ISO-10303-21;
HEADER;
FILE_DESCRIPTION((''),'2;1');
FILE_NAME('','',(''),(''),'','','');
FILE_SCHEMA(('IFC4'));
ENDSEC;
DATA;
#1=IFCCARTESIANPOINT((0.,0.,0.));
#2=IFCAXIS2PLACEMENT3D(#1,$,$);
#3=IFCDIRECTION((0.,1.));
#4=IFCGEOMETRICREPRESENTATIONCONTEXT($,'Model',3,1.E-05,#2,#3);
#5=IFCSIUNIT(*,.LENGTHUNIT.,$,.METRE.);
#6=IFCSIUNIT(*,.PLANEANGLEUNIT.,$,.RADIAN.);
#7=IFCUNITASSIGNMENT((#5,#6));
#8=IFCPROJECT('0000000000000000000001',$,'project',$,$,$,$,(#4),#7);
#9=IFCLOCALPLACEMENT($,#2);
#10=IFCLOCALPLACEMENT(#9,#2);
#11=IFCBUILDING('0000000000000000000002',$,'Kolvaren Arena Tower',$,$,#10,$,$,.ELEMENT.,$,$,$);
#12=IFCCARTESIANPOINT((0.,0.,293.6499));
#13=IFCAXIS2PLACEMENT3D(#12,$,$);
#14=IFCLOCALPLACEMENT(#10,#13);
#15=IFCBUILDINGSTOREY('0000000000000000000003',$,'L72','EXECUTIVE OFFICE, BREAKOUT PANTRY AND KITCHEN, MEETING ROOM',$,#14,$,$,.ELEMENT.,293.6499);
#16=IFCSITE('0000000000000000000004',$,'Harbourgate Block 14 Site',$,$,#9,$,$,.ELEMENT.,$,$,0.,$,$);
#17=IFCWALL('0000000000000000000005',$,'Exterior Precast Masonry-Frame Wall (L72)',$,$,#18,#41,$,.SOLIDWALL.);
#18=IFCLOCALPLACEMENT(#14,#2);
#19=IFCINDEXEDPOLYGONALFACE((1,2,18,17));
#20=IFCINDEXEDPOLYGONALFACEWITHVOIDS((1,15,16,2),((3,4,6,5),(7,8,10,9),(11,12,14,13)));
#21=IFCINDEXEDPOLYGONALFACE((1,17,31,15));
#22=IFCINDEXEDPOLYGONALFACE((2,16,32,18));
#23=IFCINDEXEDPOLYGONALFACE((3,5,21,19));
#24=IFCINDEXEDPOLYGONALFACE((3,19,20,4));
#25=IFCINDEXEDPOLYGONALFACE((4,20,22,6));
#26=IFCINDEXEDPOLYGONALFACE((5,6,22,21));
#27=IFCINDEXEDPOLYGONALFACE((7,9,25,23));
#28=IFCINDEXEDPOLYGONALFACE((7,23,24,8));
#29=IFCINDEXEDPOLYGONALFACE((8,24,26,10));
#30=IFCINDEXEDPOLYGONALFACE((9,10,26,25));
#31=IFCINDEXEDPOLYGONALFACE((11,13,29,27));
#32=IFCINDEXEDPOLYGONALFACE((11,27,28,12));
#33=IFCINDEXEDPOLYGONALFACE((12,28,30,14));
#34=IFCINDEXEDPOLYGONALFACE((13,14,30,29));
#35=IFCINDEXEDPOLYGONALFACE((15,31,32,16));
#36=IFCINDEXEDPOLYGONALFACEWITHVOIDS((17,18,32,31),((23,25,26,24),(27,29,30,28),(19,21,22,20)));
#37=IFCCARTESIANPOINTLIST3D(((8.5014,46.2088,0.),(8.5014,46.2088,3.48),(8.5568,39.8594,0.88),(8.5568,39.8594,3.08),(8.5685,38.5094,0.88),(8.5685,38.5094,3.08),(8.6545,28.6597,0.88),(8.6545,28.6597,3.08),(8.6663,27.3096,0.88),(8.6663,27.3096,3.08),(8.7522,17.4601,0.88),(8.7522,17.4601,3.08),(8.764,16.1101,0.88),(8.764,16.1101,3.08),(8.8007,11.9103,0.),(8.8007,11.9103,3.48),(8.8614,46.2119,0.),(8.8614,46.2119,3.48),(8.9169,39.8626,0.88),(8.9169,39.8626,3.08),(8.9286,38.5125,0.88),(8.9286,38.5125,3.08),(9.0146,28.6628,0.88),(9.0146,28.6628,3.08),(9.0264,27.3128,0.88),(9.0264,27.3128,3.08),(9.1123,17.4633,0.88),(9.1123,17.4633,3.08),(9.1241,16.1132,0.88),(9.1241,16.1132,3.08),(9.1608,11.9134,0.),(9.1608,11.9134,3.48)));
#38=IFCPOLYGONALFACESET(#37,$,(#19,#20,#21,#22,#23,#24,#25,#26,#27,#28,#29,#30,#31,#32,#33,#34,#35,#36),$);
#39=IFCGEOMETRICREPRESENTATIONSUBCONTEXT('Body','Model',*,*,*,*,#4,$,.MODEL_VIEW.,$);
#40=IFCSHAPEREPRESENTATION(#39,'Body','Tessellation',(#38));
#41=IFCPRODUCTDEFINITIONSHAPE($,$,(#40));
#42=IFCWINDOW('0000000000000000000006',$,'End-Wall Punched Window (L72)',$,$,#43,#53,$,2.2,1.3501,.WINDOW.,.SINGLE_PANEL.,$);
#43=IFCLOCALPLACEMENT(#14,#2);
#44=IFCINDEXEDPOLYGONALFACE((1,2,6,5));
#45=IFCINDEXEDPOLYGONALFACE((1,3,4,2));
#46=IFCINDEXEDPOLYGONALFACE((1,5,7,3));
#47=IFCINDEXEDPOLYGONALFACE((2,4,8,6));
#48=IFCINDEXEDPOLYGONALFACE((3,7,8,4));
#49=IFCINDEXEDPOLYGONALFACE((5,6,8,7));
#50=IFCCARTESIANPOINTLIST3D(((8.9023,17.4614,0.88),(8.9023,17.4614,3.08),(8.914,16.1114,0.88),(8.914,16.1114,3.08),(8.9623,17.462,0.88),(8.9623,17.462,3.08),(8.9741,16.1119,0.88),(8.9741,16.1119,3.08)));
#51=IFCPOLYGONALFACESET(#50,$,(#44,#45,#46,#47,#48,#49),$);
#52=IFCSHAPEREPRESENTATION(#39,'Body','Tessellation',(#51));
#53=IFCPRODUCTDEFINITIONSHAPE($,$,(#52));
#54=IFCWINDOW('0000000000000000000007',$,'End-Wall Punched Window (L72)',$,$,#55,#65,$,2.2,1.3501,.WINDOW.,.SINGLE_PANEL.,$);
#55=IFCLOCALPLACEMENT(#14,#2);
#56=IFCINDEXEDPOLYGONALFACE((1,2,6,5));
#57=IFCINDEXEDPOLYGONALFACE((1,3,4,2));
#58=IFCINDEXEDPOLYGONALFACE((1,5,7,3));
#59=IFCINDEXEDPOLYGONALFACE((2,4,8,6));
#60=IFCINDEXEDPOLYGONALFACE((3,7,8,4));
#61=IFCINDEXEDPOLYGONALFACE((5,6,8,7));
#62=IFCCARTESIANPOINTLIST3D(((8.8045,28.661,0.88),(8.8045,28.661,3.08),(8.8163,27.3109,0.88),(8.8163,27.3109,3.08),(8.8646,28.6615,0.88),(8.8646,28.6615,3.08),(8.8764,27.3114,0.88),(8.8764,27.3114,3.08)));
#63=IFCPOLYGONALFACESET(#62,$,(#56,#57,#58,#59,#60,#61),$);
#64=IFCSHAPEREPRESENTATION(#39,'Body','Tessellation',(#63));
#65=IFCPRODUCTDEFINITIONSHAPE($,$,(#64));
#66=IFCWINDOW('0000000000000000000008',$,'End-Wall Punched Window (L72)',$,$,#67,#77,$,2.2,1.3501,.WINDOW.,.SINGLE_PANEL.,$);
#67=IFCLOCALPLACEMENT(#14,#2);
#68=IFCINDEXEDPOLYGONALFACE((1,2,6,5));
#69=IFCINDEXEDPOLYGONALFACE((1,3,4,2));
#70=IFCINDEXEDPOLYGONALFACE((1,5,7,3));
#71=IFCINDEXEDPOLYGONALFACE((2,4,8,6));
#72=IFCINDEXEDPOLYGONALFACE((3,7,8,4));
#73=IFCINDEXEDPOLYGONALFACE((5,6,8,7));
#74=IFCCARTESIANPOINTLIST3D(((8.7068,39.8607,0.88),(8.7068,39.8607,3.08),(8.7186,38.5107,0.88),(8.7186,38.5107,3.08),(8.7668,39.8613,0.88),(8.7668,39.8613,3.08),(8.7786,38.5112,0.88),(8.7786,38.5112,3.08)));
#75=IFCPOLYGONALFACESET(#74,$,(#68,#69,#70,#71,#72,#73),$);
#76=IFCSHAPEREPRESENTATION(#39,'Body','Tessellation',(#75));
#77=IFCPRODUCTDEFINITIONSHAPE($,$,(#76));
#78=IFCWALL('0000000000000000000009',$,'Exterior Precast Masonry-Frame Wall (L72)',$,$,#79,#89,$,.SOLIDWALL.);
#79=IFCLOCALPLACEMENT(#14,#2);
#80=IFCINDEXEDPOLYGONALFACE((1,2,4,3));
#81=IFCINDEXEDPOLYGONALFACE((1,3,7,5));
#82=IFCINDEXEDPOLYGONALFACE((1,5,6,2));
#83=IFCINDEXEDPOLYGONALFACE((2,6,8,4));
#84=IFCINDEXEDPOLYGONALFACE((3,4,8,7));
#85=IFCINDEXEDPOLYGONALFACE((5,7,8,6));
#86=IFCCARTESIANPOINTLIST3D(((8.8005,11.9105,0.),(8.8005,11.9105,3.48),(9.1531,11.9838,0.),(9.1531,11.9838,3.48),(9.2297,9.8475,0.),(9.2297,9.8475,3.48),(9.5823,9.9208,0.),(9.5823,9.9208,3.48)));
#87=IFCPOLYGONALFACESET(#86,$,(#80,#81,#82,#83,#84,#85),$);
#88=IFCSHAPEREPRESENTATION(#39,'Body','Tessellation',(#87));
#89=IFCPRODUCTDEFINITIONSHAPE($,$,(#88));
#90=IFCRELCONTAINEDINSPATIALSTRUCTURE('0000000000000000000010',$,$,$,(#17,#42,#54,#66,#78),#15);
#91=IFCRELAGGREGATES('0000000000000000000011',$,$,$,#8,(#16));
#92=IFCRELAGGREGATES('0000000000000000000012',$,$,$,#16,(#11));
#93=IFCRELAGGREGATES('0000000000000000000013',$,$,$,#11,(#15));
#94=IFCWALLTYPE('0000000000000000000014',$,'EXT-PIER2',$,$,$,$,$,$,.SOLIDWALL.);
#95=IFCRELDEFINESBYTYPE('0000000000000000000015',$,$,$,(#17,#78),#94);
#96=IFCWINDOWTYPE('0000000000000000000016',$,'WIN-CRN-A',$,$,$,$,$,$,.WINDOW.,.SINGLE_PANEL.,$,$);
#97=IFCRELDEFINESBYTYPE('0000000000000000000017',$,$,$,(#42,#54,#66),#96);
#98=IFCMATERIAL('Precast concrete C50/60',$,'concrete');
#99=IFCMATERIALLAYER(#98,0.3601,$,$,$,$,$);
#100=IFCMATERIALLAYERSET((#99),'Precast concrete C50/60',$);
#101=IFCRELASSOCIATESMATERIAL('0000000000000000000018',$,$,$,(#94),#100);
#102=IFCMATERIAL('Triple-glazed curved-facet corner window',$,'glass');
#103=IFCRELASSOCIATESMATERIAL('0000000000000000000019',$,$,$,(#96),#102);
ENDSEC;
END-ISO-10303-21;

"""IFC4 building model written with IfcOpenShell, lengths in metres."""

from ifc_helpers import new_model, si_unit, direction, frame, frame_2d, origin, place, context, subcontext, project, spatial, rectangle, extrude, material, layer, layer_set, type_object, element, fill, save


model = new_model("IFC4")

# Units and contexts
model_context = context("Model", 3, precision=1e-05, world=origin(), true_north=direction((0.0, 1.0)))
body_context = subcontext(model_context, "Body", "Model", "MODEL_VIEW")
ifc_project = project(units=[si_unit("LENGTHUNIT", "METRE"), si_unit("PLANEANGLEUNIT", "RADIAN")], contexts=[model_context])

# Site, building, storey
site_placement = place(None, origin())
site = spatial("IfcSite", under=ifc_project, at=site_placement, Name="Harbourgate Block 14 Site", CompositionType="ELEMENT", RefElevation=0.0)
building_placement = place(site_placement, origin())
building = spatial("IfcBuilding", under=site, at=building_placement, Name="Kolvaren Arena Tower", CompositionType="ELEMENT")
storey_placement = place(building_placement, frame((0.0, 0.0, 293.6499)))
storey = spatial("IfcBuildingStorey", under=building, at=storey_placement, Name="L72", Description="EXECUTIVE OFFICE, BREAKOUT PANTRY AND KITCHEN, MEETING ROOM", CompositionType="ELEMENT", Elevation=293.6499)

# Shared definitions
ifc_material_1 = material(Name="Precast concrete C50/60", Category="concrete")

# Wall, openings, windows
ifc_layer_1 = layer(ifc_material_1, 0.3601)
ifc_layer_set_1 = layer_set([ifc_layer_1], Name="Precast concrete C50/60")
wall_type_1 = type_object("IfcWallType", Name="EXT-PIER2", PredefinedType="SOLIDWALL", material=ifc_layer_set_1)
wall_1_placement = place(storey_placement, frame((8.9807, 11.9119, 0.0), z_axis=(0.0, 0.0, 1.0), x_axis=(-0.008726, 0.999962, 0.0)))
wall_1 = element("IfcWall", 1, at=wall_1_placement, inside=storey, type_object=wall_type_1, Name="Exterior Precast Masonry-Frame Wall (L72)", PredefinedType="SOLIDWALL", context=body_context, shape_type="SweptSolid", body=[
    extrude(rectangle(XDim=34.2998, YDim=0.3601, at=frame_2d((17.1499, 0.0))), origin(), (0.0, 0.0, 1.0), 3.48),
])
opening_1_placement = place(wall_1_placement, frame((4.2, 0.0, 0.8799)))
opening_1 = element("IfcOpeningElement", 2, at=opening_1_placement, cuts=wall_1, PredefinedType="OPENING", context=body_context, shape_type="SweptSolid", body=[
    extrude(rectangle(XDim=1.3501, YDim=2.2, at=frame_2d((0.675, 1.1001))), frame((0.0, 0.1899, 0.0), z_axis=(0.0, -1.0, 0.0), x_axis=(1.0, 0.0, 0.0)), (0.0, 0.0, 1.0), 0.3801),
])
opening_2_placement = place(wall_1_placement, frame((15.3999, 0.0, 0.8799)))
opening_2 = element("IfcOpeningElement", 3, at=opening_2_placement, cuts=wall_1, PredefinedType="OPENING", context=body_context, shape_type="SweptSolid", body=[
    extrude(rectangle(XDim=1.3501, YDim=2.2, at=frame_2d((0.675, 1.1001))), frame((0.0, 0.1899, 0.0), z_axis=(0.0, -1.0, 0.0), x_axis=(1.0, 0.0, 0.0)), (0.0, 0.0, 1.0), 0.3801),
])
opening_3_placement = place(wall_1_placement, frame((26.6001, 0.0, 0.8799)))
opening_3 = element("IfcOpeningElement", 4, at=opening_3_placement, cuts=wall_1, PredefinedType="OPENING", context=body_context, shape_type="SweptSolid", body=[
    extrude(rectangle(XDim=1.3501, YDim=2.2, at=frame_2d((0.675, 1.1001))), frame((0.0, 0.1899, 0.0), z_axis=(0.0, -1.0, 0.0), x_axis=(1.0, 0.0, 0.0)), (0.0, 0.0, 1.0), 0.3801),
])
ifc_material_2 = material(Name="Triple-glazed curved-facet corner window", Category="glass")
window_type = type_object("IfcWindowType", Name="WIN-CRN-A", PartitioningType="SINGLE_PANEL", PredefinedType="WINDOW", material=ifc_material_2)
window_1_placement = place(opening_1_placement, origin())
window_1 = element("IfcWindow", 5, at=window_1_placement, inside=storey, type_object=window_type, Name="End-Wall Punched Window (L72)", OverallHeight=2.2, OverallWidth=1.3501, PartitioningType="SINGLE_PANEL", PredefinedType="WINDOW", context=body_context, shape_type="SweptSolid", body=[
    extrude(rectangle(XDim=1.3501, YDim=2.2, at=frame_2d((0.675, 1.1001))), frame((0.0, 0.03, 0.0), z_axis=(0.0, -1.0, 0.0), x_axis=(1.0, 0.0, 0.0)), (0.0, 0.0, 1.0), 0.0601),
])
fill(opening_1, window_1)
window_2_placement = place(opening_2_placement, origin())
window_2 = element("IfcWindow", 6, at=window_2_placement, inside=storey, type_object=window_type, Name="End-Wall Punched Window (L72)", OverallHeight=2.2, OverallWidth=1.3501, PartitioningType="SINGLE_PANEL", PredefinedType="WINDOW", context=body_context, shape_type="SweptSolid", body=[
    extrude(rectangle(XDim=1.3501, YDim=2.2, at=frame_2d((0.675, 1.1001))), frame((0.0, 0.03, 0.0), z_axis=(0.0, -1.0, 0.0), x_axis=(1.0, 0.0, 0.0)), (0.0, 0.0, 1.0), 0.0601),
])
fill(opening_2, window_2)
window_3_placement = place(opening_3_placement, origin())
window_3 = element("IfcWindow", 7, at=window_3_placement, inside=storey, type_object=window_type, Name="End-Wall Punched Window (L72)", OverallHeight=2.2, OverallWidth=1.3501, PartitioningType="SINGLE_PANEL", PredefinedType="WINDOW", context=body_context, shape_type="SweptSolid", body=[
    extrude(rectangle(XDim=1.3501, YDim=2.2, at=frame_2d((0.675, 1.1001))), frame((0.0, 0.03, 0.0), z_axis=(0.0, -1.0, 0.0), x_axis=(1.0, 0.0, 0.0)), (0.0, 0.0, 1.0), 0.0601),
])
fill(opening_3, window_3)

# Wall
wall_2_placement = place(storey_placement, frame((9.406, 9.884, 0.0), z_axis=(0.0, 0.0, 1.0), x_axis=(-0.203686, 0.979036, 0.0)))
element("IfcWall", 8, at=wall_2_placement, inside=storey, type_object=wall_type_1, Name="Exterior Precast Masonry-Frame Wall (L72)", PredefinedType="SOLIDWALL", context=body_context, shape_type="SweptSolid", body=[
    extrude(rectangle(XDim=2.1072, YDim=0.3601, at=frame_2d((1.0537, 0.0))), origin(), (0.0, 0.0, 1.0), 3.48),
])

save(model, "model.ifc")
